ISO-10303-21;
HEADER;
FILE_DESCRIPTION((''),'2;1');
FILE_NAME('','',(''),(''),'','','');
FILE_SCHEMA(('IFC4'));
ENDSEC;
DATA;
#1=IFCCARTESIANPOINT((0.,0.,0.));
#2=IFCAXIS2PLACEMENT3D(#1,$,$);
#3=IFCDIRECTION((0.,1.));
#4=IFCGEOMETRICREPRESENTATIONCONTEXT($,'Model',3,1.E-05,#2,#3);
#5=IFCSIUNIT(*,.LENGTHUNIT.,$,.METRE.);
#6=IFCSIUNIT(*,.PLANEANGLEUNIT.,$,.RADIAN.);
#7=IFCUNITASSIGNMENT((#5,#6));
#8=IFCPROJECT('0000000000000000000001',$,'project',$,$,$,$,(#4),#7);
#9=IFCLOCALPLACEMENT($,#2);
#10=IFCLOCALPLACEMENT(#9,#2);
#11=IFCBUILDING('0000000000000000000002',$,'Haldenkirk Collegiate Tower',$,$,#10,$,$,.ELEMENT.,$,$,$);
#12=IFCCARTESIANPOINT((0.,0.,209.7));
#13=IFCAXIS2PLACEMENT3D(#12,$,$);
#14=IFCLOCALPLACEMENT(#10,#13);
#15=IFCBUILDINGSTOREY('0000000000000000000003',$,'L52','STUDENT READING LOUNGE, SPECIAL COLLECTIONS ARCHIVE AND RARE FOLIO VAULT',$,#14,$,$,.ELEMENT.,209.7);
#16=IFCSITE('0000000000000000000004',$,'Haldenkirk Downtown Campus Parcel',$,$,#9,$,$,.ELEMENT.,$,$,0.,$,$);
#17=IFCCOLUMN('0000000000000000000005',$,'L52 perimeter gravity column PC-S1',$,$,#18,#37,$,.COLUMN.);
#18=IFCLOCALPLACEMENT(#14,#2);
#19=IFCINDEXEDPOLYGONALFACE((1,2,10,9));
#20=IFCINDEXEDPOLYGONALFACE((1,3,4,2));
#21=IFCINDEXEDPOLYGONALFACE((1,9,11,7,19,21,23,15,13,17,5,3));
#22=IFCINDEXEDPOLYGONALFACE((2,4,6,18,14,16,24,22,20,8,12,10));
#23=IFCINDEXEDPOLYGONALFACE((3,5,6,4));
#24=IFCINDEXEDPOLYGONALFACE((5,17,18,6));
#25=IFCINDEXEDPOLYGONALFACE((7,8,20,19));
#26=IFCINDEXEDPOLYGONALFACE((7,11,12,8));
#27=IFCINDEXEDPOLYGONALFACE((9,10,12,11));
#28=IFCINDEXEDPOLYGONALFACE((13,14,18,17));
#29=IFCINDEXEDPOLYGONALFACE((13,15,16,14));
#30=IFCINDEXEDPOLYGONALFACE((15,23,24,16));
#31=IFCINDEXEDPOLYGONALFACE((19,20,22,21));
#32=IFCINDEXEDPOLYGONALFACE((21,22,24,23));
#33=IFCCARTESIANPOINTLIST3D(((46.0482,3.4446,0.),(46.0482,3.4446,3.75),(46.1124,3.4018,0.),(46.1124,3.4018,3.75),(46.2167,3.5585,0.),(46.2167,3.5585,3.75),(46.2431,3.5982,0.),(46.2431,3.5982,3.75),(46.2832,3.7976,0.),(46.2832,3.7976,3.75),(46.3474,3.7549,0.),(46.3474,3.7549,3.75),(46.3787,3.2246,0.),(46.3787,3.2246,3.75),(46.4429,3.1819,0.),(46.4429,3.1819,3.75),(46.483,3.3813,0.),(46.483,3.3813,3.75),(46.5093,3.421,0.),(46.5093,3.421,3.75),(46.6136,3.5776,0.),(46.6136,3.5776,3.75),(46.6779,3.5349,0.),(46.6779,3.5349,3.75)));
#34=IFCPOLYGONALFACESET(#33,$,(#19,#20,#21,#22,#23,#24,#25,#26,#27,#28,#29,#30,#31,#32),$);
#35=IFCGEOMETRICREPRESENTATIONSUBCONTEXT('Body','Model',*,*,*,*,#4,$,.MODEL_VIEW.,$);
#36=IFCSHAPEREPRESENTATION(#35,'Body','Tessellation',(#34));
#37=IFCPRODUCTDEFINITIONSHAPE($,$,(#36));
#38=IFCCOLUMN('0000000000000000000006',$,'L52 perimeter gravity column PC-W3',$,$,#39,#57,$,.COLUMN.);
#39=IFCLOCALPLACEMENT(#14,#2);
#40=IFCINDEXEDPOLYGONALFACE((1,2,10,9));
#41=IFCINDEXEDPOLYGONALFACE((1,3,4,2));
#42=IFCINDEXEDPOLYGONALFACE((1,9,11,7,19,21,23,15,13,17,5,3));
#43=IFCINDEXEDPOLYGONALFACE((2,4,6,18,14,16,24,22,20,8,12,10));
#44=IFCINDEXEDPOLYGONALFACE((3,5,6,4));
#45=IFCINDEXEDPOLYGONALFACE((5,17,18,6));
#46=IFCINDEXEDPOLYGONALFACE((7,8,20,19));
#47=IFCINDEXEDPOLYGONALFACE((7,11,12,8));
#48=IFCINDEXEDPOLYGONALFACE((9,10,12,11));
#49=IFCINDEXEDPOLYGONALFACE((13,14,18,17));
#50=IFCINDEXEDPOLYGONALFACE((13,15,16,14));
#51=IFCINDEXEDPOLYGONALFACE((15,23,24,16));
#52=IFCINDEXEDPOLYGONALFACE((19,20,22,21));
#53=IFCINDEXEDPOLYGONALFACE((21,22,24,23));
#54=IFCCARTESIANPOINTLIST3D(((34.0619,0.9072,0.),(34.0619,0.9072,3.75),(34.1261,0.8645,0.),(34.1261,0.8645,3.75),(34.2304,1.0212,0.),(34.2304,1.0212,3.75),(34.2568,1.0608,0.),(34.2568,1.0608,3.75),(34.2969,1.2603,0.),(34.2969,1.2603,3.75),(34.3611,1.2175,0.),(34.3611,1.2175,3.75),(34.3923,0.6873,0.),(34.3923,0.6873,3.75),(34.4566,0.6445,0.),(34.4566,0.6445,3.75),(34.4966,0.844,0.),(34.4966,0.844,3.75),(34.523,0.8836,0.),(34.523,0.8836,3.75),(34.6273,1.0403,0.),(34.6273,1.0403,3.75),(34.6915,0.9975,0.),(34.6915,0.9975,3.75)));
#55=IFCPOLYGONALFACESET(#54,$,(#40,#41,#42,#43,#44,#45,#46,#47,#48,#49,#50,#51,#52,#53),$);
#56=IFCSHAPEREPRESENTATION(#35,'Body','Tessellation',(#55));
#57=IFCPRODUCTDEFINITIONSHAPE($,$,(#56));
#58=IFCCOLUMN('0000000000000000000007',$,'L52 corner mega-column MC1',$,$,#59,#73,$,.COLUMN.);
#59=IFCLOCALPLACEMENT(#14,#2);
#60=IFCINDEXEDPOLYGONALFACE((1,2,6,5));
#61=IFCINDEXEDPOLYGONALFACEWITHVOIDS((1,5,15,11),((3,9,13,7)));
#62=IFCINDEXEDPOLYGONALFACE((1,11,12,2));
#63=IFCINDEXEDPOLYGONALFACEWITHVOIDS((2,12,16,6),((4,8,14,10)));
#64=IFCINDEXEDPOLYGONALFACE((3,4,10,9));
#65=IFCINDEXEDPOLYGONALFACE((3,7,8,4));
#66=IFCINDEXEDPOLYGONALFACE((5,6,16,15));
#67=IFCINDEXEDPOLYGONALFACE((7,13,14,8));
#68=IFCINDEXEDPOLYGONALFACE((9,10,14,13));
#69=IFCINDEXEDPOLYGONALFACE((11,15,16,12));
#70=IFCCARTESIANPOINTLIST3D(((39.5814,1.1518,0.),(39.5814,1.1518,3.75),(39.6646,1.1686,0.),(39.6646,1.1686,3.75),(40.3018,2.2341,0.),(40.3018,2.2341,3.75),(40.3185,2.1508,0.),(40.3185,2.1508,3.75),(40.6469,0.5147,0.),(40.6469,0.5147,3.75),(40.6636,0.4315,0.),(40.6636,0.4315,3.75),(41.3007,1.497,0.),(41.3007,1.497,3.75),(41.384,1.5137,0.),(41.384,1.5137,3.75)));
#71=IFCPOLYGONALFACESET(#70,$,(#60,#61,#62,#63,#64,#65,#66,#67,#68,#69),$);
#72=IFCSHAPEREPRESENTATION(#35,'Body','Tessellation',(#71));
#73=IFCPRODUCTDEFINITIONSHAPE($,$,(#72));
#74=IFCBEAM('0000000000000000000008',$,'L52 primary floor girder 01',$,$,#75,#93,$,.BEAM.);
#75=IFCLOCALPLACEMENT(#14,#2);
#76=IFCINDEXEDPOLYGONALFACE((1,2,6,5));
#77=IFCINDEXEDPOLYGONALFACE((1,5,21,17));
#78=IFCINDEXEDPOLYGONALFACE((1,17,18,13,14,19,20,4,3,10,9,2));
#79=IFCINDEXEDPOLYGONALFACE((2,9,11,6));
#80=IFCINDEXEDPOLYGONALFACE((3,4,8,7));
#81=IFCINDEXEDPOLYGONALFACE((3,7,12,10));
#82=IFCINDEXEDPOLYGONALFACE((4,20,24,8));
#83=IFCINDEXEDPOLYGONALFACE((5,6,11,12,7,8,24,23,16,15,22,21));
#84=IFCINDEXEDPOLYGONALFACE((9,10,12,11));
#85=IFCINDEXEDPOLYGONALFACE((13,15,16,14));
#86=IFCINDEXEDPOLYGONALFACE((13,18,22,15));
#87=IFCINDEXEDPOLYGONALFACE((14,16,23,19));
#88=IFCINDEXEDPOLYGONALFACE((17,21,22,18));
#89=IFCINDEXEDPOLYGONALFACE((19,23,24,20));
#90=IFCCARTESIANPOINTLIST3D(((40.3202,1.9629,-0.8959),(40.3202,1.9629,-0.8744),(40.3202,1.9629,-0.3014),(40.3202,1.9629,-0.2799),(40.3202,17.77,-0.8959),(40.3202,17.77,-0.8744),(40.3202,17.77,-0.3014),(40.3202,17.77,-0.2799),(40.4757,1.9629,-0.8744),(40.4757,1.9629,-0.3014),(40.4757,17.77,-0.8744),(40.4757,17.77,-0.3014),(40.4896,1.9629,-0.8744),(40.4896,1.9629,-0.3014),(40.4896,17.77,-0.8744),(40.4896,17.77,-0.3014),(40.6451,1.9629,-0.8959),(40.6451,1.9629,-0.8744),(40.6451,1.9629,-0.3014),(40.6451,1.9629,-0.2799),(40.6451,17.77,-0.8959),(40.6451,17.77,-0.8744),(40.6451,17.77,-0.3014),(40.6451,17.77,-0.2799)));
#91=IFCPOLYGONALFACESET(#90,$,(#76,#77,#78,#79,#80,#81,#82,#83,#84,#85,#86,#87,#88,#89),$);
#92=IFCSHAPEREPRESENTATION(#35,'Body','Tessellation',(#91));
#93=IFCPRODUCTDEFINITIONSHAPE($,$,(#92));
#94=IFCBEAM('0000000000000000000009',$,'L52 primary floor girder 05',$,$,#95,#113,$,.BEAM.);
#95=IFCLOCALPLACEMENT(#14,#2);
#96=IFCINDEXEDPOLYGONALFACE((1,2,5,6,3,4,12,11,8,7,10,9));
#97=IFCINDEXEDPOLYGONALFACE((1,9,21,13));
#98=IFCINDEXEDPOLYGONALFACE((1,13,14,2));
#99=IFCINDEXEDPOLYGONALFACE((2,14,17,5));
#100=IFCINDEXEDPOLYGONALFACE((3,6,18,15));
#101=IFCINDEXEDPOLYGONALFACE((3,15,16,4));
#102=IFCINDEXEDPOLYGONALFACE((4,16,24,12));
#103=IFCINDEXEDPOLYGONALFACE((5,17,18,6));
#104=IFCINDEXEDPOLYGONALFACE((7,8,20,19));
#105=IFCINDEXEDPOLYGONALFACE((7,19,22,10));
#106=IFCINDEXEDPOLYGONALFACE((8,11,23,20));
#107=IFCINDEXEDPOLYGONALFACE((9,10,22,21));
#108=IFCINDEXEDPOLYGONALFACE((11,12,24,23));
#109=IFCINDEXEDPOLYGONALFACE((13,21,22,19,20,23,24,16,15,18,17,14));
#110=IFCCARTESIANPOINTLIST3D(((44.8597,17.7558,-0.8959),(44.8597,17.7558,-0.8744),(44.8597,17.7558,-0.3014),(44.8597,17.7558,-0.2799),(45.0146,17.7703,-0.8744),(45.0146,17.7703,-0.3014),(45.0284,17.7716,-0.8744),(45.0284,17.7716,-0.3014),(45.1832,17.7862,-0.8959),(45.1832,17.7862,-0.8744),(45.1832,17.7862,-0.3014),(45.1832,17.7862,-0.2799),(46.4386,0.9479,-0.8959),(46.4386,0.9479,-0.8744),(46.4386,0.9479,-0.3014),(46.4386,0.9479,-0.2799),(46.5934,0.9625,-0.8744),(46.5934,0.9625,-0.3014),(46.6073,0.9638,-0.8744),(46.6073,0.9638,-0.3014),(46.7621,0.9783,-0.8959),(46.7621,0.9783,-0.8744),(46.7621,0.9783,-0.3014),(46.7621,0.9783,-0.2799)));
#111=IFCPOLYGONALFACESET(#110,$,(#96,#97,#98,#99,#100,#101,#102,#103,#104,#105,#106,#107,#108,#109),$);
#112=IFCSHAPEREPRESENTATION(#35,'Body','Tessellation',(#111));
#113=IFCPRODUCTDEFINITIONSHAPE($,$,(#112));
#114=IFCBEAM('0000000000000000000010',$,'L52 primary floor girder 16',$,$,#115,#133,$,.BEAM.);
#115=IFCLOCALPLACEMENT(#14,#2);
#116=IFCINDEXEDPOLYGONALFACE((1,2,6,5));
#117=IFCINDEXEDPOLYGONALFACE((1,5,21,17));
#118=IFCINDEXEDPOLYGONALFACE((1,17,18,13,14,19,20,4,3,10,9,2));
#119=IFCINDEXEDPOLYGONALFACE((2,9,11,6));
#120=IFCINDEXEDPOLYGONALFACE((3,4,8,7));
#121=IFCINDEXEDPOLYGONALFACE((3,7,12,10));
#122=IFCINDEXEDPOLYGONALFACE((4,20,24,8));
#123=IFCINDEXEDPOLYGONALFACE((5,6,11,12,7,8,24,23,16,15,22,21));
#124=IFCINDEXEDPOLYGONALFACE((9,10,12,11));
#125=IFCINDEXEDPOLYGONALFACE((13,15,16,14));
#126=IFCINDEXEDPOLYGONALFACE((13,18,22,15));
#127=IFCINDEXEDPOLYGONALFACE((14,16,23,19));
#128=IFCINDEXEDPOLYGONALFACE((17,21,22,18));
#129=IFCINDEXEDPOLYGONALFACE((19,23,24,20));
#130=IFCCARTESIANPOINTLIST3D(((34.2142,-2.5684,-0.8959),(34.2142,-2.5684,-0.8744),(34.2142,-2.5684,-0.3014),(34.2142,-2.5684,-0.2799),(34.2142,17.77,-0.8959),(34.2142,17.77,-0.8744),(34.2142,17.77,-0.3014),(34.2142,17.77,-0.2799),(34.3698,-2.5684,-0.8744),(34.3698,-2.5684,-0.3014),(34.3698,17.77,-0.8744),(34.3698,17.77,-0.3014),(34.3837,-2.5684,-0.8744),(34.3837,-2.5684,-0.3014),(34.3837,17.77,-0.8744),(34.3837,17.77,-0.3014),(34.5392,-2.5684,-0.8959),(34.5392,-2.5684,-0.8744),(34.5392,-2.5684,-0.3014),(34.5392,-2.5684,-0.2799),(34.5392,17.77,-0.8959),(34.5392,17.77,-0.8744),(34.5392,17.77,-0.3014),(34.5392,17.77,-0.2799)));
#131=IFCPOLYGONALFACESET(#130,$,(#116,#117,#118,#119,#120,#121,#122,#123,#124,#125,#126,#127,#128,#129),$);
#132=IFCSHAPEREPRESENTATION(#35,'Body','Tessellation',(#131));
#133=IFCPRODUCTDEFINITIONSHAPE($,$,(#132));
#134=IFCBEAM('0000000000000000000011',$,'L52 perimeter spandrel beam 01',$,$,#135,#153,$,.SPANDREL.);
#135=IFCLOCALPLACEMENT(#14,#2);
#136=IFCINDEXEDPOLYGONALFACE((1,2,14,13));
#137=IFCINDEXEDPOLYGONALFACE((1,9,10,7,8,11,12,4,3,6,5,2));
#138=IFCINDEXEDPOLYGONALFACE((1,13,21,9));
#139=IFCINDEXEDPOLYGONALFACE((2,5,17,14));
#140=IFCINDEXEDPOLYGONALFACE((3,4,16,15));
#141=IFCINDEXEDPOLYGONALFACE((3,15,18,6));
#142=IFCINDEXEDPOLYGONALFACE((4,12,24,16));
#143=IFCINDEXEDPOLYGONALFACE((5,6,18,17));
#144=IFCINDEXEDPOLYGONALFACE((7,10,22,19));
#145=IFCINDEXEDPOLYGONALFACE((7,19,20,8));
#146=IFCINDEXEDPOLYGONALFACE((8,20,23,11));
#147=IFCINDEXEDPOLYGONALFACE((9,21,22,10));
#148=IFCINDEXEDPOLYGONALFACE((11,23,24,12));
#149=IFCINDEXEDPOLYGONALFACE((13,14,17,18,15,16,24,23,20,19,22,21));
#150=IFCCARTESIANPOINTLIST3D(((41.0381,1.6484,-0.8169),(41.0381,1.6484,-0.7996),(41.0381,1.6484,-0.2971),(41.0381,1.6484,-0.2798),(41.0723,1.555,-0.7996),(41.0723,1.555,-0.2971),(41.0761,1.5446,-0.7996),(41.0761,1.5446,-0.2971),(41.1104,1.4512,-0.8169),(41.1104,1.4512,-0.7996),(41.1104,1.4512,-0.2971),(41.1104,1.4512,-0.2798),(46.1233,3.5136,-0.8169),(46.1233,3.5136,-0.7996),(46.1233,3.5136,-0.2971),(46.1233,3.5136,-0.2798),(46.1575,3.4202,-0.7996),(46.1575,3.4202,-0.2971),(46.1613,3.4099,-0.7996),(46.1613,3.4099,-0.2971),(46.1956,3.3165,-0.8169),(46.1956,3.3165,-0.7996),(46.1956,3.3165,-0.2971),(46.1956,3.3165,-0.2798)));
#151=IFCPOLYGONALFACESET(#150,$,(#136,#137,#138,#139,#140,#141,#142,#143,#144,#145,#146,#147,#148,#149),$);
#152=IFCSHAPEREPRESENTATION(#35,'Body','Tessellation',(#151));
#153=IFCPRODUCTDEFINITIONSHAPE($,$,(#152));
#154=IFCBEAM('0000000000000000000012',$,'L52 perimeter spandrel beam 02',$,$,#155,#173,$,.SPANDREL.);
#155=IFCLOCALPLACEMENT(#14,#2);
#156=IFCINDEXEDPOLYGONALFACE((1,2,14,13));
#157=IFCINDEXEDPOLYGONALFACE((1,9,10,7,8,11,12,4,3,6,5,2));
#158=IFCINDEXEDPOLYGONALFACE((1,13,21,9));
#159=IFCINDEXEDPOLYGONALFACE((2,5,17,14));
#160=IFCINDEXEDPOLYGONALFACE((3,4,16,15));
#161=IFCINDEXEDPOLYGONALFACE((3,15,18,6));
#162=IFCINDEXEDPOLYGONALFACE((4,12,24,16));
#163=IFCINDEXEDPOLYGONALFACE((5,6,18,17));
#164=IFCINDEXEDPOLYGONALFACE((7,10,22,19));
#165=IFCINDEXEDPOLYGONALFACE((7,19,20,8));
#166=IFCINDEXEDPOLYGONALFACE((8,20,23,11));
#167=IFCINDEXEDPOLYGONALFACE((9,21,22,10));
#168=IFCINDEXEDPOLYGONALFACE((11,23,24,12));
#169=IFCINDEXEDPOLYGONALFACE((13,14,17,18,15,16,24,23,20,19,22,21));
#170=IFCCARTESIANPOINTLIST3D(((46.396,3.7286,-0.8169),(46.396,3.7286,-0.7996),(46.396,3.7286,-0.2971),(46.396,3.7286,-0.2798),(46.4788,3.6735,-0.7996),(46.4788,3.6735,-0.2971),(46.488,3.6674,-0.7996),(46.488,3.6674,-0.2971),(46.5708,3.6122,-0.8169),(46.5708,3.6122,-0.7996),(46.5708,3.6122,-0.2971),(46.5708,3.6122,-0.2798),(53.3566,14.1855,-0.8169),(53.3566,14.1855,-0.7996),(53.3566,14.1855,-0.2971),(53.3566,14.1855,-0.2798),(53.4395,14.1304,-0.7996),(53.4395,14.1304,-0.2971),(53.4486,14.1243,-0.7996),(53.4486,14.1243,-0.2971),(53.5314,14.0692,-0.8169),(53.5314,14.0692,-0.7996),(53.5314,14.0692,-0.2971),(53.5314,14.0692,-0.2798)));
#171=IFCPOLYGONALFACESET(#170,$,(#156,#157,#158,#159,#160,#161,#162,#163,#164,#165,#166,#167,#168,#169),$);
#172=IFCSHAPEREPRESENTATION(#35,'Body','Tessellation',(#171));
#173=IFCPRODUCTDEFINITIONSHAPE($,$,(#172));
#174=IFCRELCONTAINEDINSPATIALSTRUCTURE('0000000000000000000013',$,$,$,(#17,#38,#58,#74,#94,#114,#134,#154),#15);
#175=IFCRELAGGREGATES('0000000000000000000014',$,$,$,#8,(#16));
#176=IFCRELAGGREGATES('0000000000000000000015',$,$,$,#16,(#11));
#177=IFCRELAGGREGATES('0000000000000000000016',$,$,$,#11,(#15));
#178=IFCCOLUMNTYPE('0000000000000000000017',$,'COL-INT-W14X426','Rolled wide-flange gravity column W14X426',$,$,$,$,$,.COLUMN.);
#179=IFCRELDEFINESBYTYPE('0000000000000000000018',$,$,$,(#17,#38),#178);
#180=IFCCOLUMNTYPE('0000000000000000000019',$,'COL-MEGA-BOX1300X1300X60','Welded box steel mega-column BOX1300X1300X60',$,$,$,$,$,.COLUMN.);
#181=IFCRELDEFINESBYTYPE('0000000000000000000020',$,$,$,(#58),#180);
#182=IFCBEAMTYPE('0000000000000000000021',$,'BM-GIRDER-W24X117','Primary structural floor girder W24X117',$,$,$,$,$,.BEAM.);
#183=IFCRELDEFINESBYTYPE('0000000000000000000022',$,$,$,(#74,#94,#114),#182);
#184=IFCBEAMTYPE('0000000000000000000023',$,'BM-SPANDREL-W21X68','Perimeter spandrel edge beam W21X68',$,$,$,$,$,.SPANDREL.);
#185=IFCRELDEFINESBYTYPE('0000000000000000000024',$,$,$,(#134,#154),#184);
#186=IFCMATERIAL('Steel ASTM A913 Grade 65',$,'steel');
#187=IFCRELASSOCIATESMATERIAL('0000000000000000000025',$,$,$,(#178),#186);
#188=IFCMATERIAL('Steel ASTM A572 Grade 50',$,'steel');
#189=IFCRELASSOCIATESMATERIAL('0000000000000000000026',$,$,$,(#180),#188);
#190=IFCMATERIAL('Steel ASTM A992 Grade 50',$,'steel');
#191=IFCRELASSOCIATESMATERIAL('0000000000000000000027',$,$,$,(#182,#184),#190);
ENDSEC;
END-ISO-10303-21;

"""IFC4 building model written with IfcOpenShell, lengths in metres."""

from ifc_helpers import new_model, si_unit, direction, frame, origin, origin_2d, place, context, subcontext, project, spatial, hollow_rectangle, i_section, extrude, material, material_profile, profile_set, type_object, element, save


model = new_model("IFC4")

# Units and contexts
model_context = context("Model", 3, precision=1e-05, world=origin(), true_north=direction((0.0, 1.0)))
body_context = subcontext(model_context, "Body", "Model", "MODEL_VIEW")
ifc_project = project(units=[si_unit("LENGTHUNIT", "METRE"), si_unit("PLANEANGLEUNIT", "RADIAN")], contexts=[model_context])

# Site, building, storey
site_placement = place(None, origin())
site = spatial("IfcSite", under=ifc_project, at=site_placement, Name="Haldenkirk Downtown Campus Parcel", CompositionType="ELEMENT", RefElevation=0.0)
building_placement = place(site_placement, origin())
building = spatial("IfcBuilding", under=site, at=building_placement, Name="Haldenkirk Collegiate Tower", CompositionType="ELEMENT")
storey_placement = place(building_placement, frame((0.0, 0.0, 209.7)))
storey = spatial("IfcBuildingStorey", under=building, at=storey_placement, Name="L52", Description="STUDENT READING LOUNGE, SPECIAL COLLECTIONS ARCHIVE AND RARE FOLIO VAULT", CompositionType="ELEMENT", Elevation=209.7)

# Columns
ifc_material_1 = material(Name="Steel ASTM A913 Grade 65", Category="steel")
ifc_material_profile_1 = material_profile(ifc_material_1, i_section(OverallWidth=0.4241, OverallDepth=0.4741, WebThickness=0.0476, FlangeThickness=0.0771, at=origin_2d()), Name="W14X426")
ifc_profile_set_1 = profile_set([ifc_material_profile_1], Name="Steel ASTM A913 Grade 65")
column_type_1 = type_object("IfcColumnType", Name="COL-INT-W14X426", Description="Rolled wide-flange gravity column W14X426", PredefinedType="COLUMN", material=ifc_profile_set_1)
for number, where, z_axis, x_axis, name in (
    (1, (46.363, 3.4897, 0.0), (0.0, 0.0, 1.0), (0.554118, 0.832438, 0.0), "L52 perimeter gravity column PC-S1"),
    (2, (34.3767, 0.9524, 0.0), (0.0, 0.0, 1.0), (0.554118, 0.832438, 0.0), "L52 perimeter gravity column PC-W3"),
):
    element("IfcColumn", number, at=place(storey_placement, frame(where, z_axis=z_axis, x_axis=x_axis)), inside=storey, type_object=column_type_1, Name=name, PredefinedType="COLUMN", context=body_context, shape_type="SweptSolid", body=[
        extrude(i_section(OverallWidth=0.4241, OverallDepth=0.4741, WebThickness=0.0476, FlangeThickness=0.0771, at=origin_2d()), origin(), (0.0, 0.0, 1.0), 3.75),
    ])
ifc_material_2 = material(Name="Steel ASTM A572 Grade 50", Category="steel")
ifc_material_profile_2 = material_profile(ifc_material_2, hollow_rectangle(XDim=1.3, YDim=1.3, WallThickness=0.0601, at=origin_2d()), Name="BOX1300X1300X60")
ifc_profile_set_2 = profile_set([ifc_material_profile_2], Name="Steel ASTM A572 Grade 50")
column_type_2 = type_object("IfcColumnType", Name="COL-MEGA-BOX1300X1300X60", Description="Welded box steel mega-column BOX1300X1300X60", PredefinedType="COLUMN", material=ifc_profile_set_2)
column_placement = place(storey_placement, frame((40.4827, 1.3328, 0.0), z_axis=(0.0, 0.0, 1.0), x_axis=(0.554118, 0.832438, 0.0)))
element("IfcColumn", 3, at=column_placement, inside=storey, type_object=column_type_2, Name="L52 corner mega-column MC1", PredefinedType="COLUMN", context=body_context, shape_type="SweptSolid", body=[
    extrude(hollow_rectangle(XDim=1.3, YDim=1.3, WallThickness=0.0601, at=origin_2d()), origin(), (0.0, 0.0, 1.0), 3.75),
])

# Beams
ifc_material_3 = material(Name="Steel ASTM A992 Grade 50", Category="steel")
ifc_material_profile_3 = material_profile(ifc_material_3, i_section(OverallWidth=0.325, OverallDepth=0.616, WebThickness=0.0139, FlangeThickness=0.0215, at=origin_2d()), Name="W24X117")
ifc_profile_set_3 = profile_set([ifc_material_profile_3], Name="Steel ASTM A992 Grade 50")
beam_type_1 = type_object("IfcBeamType", Name="BM-GIRDER-W24X117", Description="Primary structural floor girder W24X117", PredefinedType="BEAM", material=ifc_profile_set_3)
beam_1_placement = place(storey_placement, frame((40.4827, 1.9629, -0.5879), z_axis=(0.0, 1.0, 0.0), x_axis=(-1.0, 0.0, 0.0)))
element("IfcBeam", 4, at=beam_1_placement, inside=storey, type_object=beam_type_1, Name="L52 primary floor girder 01", PredefinedType="BEAM", context=body_context, shape_type="SweptSolid", body=[
    extrude(i_section(OverallWidth=0.325, OverallDepth=0.616, WebThickness=0.0139, FlangeThickness=0.0215, at=origin_2d()), origin(), (0.0, 0.0, 1.0), 15.8071),
])
beam_2_placement = place(storey_placement, frame((46.6003, 0.9631, -0.5879), z_axis=(-0.093524, 0.995617, 0.0), x_axis=(-0.995617, -0.093524, 0.0)))
element("IfcBeam", 5, at=beam_2_placement, inside=storey, type_object=beam_type_1, Name="L52 primary floor girder 05", PredefinedType="BEAM", context=body_context, shape_type="SweptSolid", body=[
    extrude(i_section(OverallWidth=0.325, OverallDepth=0.616, WebThickness=0.0139, FlangeThickness=0.0215, at=origin_2d()), origin(), (0.0, 0.0, 1.0), 16.8818),
])
beam_3_placement = place(storey_placement, frame((34.3767, -2.5684, -0.5879), z_axis=(0.0, 1.0, 0.0), x_axis=(-1.0, 0.0, 0.0)))
element("IfcBeam", 6, at=beam_3_placement, inside=storey, type_object=beam_type_1, Name="L52 primary floor girder 16", PredefinedType="BEAM", context=body_context, shape_type="SweptSolid", body=[
    extrude(i_section(OverallWidth=0.325, OverallDepth=0.616, WebThickness=0.0139, FlangeThickness=0.0215, at=origin_2d()), origin(), (0.0, 0.0, 1.0), 20.3384),
])
ifc_material_profile_4 = material_profile(ifc_material_3, i_section(OverallWidth=0.21, OverallDepth=0.5371, WebThickness=0.011, FlangeThickness=0.0173, at=origin_2d()), Name="W21X68")
ifc_profile_set_4 = profile_set([ifc_material_profile_4], Name="Steel ASTM A992 Grade 50")
beam_type_2 = type_object("IfcBeamType", Name="BM-SPANDREL-W21X68", Description="Perimeter spandrel edge beam W21X68", PredefinedType="SPANDREL", material=ifc_profile_set_4)
beam_4_placement = place(storey_placement, frame((41.0742, 1.5498, -0.5483), z_axis=(0.938837, 0.344362, 0.0), x_axis=(-0.344362, 0.938837, 0.0)))
element("IfcBeam", 7, at=beam_4_placement, inside=storey, type_object=beam_type_2, Name="L52 perimeter spandrel beam 01", PredefinedType="SPANDREL", context=body_context, shape_type="SweptSolid", body=[
    extrude(i_section(OverallWidth=0.21, OverallDepth=0.5371, WebThickness=0.011, FlangeThickness=0.0173, at=origin_2d()), origin(), (0.0, 0.0, 1.0), 5.4165),
])
beam_5_placement = place(storey_placement, frame((46.4834, 3.6704, -0.5483), z_axis=(0.554113, 0.832442, 0.0), x_axis=(-0.832442, 0.554113, 0.0)))
element("IfcBeam", 8, at=beam_5_placement, inside=storey, type_object=beam_type_2, Name="L52 perimeter spandrel beam 02", PredefinedType="SPANDREL", context=body_context, shape_type="SweptSolid", body=[
    extrude(i_section(OverallWidth=0.21, OverallDepth=0.5371, WebThickness=0.011, FlangeThickness=0.0173, at=origin_2d()), origin(), (0.0, 0.0, 1.0), 12.5618),
])

save(model, "model.ifc")
